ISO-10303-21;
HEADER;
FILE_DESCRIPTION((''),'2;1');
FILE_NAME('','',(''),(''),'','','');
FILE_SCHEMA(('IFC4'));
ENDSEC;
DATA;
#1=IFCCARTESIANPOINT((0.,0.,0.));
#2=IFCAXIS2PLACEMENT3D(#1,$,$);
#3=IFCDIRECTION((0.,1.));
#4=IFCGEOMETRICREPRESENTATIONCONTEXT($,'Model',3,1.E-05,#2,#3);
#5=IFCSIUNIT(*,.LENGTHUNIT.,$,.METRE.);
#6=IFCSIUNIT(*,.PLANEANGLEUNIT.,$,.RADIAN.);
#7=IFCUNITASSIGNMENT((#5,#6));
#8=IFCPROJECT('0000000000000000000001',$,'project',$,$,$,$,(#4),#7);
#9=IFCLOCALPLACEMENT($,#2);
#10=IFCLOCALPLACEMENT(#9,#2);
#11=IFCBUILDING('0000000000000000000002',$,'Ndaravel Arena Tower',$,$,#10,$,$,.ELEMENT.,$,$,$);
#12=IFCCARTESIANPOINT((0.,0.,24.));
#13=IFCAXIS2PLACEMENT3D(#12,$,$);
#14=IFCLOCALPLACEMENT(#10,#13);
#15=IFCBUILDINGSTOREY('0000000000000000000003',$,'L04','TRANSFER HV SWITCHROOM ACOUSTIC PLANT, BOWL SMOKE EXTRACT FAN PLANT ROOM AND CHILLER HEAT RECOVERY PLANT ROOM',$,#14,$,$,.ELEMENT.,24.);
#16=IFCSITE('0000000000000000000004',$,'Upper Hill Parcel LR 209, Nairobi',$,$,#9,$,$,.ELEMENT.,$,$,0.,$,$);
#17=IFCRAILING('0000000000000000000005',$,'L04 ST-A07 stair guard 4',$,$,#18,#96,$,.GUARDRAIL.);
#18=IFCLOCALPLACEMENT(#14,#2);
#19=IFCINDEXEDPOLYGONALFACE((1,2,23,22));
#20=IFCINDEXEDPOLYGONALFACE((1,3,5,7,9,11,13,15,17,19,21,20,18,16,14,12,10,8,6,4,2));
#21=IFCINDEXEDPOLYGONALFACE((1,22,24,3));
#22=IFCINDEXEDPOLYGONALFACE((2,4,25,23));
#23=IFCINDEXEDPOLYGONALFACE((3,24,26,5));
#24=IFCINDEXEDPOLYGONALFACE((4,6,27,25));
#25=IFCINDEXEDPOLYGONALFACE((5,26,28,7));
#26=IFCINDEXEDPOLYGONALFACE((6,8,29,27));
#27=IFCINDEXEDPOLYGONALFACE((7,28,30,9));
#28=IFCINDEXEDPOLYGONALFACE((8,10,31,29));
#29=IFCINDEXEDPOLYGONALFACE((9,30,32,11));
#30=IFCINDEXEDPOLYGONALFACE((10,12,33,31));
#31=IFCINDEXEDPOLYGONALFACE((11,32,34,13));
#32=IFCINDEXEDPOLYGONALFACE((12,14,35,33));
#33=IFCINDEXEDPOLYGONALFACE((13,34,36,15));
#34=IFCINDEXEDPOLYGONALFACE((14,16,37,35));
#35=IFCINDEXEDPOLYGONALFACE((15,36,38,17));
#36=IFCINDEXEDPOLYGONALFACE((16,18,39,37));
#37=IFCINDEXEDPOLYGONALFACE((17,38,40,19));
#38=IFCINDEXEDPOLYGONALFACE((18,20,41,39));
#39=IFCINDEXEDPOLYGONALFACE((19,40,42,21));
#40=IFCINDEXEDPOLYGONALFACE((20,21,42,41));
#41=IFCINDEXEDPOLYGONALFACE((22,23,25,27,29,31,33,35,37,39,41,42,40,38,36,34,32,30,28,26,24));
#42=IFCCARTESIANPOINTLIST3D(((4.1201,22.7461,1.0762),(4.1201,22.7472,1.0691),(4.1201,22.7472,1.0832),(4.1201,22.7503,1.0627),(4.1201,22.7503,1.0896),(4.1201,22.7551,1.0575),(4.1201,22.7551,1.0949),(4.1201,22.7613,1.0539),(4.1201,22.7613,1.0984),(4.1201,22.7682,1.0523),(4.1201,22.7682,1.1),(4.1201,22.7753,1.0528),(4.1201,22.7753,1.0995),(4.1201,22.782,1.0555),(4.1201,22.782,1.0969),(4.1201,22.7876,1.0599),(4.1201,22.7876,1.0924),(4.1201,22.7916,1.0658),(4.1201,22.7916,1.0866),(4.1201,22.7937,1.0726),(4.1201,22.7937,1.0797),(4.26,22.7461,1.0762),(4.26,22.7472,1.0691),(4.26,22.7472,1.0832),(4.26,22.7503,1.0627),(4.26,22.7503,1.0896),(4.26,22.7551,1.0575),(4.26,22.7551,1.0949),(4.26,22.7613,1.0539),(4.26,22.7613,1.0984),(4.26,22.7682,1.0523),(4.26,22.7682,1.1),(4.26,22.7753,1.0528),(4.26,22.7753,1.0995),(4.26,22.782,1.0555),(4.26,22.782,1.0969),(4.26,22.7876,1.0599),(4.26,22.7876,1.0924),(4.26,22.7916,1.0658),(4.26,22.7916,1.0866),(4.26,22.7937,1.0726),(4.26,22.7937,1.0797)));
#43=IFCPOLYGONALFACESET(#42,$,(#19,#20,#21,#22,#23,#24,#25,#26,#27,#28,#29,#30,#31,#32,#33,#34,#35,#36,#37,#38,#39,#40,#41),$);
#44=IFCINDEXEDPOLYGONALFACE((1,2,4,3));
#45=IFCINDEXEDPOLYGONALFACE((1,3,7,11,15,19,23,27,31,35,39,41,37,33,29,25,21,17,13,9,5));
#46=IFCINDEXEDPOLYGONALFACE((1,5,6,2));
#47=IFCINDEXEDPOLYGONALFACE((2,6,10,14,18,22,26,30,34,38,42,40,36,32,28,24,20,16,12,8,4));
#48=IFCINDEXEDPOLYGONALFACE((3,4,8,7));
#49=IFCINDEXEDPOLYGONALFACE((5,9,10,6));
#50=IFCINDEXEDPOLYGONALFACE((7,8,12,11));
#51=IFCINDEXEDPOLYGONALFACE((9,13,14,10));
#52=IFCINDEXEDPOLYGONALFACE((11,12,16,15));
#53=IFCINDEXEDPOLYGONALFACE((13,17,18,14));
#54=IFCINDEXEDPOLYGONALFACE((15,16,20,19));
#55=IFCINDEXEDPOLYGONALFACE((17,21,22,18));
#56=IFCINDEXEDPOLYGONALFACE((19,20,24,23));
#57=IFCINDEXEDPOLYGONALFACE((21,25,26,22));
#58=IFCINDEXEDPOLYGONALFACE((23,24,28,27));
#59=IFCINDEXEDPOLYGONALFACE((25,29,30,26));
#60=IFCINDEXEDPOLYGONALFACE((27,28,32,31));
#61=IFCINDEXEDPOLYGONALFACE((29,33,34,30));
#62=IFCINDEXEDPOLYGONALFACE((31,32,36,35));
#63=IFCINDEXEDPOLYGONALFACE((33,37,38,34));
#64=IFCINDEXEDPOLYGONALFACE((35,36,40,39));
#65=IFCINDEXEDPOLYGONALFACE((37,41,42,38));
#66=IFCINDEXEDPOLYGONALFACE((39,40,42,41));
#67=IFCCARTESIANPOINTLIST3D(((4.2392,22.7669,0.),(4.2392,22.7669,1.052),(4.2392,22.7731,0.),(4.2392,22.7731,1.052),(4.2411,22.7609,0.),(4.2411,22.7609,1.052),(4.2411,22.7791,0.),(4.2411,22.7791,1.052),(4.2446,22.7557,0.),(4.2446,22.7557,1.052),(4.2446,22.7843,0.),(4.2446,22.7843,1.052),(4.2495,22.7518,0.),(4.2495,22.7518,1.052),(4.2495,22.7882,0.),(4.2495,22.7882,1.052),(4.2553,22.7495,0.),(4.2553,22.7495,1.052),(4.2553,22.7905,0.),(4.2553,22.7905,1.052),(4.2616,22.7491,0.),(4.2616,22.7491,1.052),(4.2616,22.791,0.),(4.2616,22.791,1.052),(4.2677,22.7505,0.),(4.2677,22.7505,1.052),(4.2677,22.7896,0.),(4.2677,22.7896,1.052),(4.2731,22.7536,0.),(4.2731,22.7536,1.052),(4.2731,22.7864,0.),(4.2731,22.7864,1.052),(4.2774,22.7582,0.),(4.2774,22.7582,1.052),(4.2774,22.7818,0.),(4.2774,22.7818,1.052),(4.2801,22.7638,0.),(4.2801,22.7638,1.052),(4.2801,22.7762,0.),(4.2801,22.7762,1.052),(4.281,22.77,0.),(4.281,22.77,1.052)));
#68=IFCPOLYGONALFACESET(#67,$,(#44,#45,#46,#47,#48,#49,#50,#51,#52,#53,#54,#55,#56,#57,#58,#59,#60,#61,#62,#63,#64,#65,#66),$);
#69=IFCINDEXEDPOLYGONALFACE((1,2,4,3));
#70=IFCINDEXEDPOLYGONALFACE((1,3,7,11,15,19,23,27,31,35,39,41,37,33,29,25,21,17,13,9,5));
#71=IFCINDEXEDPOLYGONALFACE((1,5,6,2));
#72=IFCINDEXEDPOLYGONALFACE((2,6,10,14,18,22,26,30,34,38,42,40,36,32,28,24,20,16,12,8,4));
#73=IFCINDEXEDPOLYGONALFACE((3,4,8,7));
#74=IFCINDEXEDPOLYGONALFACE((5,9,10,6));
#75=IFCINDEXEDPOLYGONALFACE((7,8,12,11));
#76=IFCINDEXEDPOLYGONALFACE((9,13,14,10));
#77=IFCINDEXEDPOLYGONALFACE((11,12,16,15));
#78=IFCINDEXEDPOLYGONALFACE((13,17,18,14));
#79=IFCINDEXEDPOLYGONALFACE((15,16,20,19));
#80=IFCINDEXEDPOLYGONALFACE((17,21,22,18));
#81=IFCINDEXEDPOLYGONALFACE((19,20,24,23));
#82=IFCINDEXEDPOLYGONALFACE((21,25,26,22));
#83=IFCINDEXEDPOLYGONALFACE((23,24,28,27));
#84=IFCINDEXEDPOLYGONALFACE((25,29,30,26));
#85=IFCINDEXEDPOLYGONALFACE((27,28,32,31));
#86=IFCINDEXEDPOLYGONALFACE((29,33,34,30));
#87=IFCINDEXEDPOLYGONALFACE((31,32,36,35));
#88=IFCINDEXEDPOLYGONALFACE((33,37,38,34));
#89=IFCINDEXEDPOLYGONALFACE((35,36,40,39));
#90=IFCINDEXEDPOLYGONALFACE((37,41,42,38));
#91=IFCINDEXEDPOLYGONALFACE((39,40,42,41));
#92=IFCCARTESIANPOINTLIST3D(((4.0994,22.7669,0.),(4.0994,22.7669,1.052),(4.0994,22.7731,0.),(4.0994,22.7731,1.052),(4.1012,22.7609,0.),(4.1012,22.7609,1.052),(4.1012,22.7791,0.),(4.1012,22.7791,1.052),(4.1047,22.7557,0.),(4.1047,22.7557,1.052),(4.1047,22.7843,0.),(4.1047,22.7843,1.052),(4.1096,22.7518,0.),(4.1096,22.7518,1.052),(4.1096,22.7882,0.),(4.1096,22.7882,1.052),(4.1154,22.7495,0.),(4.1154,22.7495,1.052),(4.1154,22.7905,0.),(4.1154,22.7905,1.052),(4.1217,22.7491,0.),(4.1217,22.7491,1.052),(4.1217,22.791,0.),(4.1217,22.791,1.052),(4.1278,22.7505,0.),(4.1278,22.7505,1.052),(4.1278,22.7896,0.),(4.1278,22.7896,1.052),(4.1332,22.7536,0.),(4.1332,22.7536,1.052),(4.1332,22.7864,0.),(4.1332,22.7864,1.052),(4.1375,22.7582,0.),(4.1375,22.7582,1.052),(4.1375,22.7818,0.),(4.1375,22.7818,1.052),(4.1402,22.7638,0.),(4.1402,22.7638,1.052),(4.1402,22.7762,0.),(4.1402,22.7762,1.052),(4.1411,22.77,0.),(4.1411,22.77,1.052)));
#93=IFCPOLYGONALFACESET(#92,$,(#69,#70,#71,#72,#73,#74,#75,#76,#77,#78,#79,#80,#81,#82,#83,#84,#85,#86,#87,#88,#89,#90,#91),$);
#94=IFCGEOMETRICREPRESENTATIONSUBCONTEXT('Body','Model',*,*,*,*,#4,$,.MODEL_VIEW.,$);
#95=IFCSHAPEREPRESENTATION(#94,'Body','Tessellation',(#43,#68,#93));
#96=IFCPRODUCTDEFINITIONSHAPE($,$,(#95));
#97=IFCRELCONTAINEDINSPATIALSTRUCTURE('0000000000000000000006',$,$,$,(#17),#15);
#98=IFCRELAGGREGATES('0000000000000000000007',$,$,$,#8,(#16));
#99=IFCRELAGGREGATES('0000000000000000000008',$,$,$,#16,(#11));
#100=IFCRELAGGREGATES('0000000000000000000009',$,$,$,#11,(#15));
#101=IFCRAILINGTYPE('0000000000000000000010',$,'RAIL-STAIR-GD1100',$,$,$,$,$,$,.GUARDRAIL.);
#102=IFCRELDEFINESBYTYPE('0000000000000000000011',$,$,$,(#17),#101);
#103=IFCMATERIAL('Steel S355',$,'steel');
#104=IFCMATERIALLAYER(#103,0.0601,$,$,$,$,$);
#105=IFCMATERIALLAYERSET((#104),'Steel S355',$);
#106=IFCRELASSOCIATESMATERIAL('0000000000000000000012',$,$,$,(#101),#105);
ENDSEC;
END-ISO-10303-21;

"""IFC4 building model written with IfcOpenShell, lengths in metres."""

from ifc_helpers import new_model, si_unit, direction, frame, origin, origin_2d, place, context, subcontext, project, spatial, circle, extrude, material, layer, layer_set, type_object, element, save


model = new_model("IFC4")

# Units and contexts
model_context = context("Model", 3, precision=1e-05, world=origin(), true_north=direction((0.0, 1.0)))
body_context = subcontext(model_context, "Body", "Model", "MODEL_VIEW")
ifc_project = project(units=[si_unit("LENGTHUNIT", "METRE"), si_unit("PLANEANGLEUNIT", "RADIAN")], contexts=[model_context])

# Site, building, storey
site_placement = place(None, origin())
site = spatial("IfcSite", under=ifc_project, at=site_placement, Name="Upper Hill Parcel LR 209, Nairobi", CompositionType="ELEMENT", RefElevation=0.0)
building_placement = place(site_placement, origin())
building = spatial("IfcBuilding", under=site, at=building_placement, Name="Ndaravel Arena Tower", CompositionType="ELEMENT")
storey_placement = place(building_placement, frame((0.0, 0.0, 24.0)))
storey = spatial("IfcBuildingStorey", under=building, at=storey_placement, Name="L04", Description="TRANSFER HV SWITCHROOM ACOUSTIC PLANT, BOWL SMOKE EXTRACT FAN PLANT ROOM AND CHILLER HEAT RECOVERY PLANT ROOM", CompositionType="ELEMENT", Elevation=24.0)

# Railing
ifc_material_1 = material(Name="Steel S355", Category="steel")
ifc_layer_1 = layer(ifc_material_1, 0.0601)
ifc_layer_set_1 = layer_set([ifc_layer_1], Name="Steel S355")
railing_type_1 = type_object("IfcRailingType", Name="RAIL-STAIR-GD1100", PredefinedType="GUARDRAIL", material=ifc_layer_set_1)
railing_1_placement = place(storey_placement, frame((4.26, 22.77, 0.0)))
element("IfcRailing", 1, at=railing_1_placement, inside=storey, type_object=railing_type_1, Name="L04 ST-A07 stair guard 4", PredefinedType="GUARDRAIL", context=body_context, shape_type="SweptSolid", body=[
    extrude(circle(Radius=0.0239, at=origin_2d()), frame((0.0, 0.0, 1.0762), z_axis=(-1.0, 0.0, 0.0), x_axis=(0.0, -1.0, 0.0)), (0.0, 0.0, 1.0), 0.1399),
    extrude(circle(Radius=0.021, at=origin_2d()), origin(), (0.0, 0.0, 1.0), 1.052),
    extrude(circle(Radius=0.021, at=origin_2d()), frame((-0.1399, 0.0, 0.0)), (0.0, 0.0, 1.0), 1.052),
])

save(model, "model.ifc")
